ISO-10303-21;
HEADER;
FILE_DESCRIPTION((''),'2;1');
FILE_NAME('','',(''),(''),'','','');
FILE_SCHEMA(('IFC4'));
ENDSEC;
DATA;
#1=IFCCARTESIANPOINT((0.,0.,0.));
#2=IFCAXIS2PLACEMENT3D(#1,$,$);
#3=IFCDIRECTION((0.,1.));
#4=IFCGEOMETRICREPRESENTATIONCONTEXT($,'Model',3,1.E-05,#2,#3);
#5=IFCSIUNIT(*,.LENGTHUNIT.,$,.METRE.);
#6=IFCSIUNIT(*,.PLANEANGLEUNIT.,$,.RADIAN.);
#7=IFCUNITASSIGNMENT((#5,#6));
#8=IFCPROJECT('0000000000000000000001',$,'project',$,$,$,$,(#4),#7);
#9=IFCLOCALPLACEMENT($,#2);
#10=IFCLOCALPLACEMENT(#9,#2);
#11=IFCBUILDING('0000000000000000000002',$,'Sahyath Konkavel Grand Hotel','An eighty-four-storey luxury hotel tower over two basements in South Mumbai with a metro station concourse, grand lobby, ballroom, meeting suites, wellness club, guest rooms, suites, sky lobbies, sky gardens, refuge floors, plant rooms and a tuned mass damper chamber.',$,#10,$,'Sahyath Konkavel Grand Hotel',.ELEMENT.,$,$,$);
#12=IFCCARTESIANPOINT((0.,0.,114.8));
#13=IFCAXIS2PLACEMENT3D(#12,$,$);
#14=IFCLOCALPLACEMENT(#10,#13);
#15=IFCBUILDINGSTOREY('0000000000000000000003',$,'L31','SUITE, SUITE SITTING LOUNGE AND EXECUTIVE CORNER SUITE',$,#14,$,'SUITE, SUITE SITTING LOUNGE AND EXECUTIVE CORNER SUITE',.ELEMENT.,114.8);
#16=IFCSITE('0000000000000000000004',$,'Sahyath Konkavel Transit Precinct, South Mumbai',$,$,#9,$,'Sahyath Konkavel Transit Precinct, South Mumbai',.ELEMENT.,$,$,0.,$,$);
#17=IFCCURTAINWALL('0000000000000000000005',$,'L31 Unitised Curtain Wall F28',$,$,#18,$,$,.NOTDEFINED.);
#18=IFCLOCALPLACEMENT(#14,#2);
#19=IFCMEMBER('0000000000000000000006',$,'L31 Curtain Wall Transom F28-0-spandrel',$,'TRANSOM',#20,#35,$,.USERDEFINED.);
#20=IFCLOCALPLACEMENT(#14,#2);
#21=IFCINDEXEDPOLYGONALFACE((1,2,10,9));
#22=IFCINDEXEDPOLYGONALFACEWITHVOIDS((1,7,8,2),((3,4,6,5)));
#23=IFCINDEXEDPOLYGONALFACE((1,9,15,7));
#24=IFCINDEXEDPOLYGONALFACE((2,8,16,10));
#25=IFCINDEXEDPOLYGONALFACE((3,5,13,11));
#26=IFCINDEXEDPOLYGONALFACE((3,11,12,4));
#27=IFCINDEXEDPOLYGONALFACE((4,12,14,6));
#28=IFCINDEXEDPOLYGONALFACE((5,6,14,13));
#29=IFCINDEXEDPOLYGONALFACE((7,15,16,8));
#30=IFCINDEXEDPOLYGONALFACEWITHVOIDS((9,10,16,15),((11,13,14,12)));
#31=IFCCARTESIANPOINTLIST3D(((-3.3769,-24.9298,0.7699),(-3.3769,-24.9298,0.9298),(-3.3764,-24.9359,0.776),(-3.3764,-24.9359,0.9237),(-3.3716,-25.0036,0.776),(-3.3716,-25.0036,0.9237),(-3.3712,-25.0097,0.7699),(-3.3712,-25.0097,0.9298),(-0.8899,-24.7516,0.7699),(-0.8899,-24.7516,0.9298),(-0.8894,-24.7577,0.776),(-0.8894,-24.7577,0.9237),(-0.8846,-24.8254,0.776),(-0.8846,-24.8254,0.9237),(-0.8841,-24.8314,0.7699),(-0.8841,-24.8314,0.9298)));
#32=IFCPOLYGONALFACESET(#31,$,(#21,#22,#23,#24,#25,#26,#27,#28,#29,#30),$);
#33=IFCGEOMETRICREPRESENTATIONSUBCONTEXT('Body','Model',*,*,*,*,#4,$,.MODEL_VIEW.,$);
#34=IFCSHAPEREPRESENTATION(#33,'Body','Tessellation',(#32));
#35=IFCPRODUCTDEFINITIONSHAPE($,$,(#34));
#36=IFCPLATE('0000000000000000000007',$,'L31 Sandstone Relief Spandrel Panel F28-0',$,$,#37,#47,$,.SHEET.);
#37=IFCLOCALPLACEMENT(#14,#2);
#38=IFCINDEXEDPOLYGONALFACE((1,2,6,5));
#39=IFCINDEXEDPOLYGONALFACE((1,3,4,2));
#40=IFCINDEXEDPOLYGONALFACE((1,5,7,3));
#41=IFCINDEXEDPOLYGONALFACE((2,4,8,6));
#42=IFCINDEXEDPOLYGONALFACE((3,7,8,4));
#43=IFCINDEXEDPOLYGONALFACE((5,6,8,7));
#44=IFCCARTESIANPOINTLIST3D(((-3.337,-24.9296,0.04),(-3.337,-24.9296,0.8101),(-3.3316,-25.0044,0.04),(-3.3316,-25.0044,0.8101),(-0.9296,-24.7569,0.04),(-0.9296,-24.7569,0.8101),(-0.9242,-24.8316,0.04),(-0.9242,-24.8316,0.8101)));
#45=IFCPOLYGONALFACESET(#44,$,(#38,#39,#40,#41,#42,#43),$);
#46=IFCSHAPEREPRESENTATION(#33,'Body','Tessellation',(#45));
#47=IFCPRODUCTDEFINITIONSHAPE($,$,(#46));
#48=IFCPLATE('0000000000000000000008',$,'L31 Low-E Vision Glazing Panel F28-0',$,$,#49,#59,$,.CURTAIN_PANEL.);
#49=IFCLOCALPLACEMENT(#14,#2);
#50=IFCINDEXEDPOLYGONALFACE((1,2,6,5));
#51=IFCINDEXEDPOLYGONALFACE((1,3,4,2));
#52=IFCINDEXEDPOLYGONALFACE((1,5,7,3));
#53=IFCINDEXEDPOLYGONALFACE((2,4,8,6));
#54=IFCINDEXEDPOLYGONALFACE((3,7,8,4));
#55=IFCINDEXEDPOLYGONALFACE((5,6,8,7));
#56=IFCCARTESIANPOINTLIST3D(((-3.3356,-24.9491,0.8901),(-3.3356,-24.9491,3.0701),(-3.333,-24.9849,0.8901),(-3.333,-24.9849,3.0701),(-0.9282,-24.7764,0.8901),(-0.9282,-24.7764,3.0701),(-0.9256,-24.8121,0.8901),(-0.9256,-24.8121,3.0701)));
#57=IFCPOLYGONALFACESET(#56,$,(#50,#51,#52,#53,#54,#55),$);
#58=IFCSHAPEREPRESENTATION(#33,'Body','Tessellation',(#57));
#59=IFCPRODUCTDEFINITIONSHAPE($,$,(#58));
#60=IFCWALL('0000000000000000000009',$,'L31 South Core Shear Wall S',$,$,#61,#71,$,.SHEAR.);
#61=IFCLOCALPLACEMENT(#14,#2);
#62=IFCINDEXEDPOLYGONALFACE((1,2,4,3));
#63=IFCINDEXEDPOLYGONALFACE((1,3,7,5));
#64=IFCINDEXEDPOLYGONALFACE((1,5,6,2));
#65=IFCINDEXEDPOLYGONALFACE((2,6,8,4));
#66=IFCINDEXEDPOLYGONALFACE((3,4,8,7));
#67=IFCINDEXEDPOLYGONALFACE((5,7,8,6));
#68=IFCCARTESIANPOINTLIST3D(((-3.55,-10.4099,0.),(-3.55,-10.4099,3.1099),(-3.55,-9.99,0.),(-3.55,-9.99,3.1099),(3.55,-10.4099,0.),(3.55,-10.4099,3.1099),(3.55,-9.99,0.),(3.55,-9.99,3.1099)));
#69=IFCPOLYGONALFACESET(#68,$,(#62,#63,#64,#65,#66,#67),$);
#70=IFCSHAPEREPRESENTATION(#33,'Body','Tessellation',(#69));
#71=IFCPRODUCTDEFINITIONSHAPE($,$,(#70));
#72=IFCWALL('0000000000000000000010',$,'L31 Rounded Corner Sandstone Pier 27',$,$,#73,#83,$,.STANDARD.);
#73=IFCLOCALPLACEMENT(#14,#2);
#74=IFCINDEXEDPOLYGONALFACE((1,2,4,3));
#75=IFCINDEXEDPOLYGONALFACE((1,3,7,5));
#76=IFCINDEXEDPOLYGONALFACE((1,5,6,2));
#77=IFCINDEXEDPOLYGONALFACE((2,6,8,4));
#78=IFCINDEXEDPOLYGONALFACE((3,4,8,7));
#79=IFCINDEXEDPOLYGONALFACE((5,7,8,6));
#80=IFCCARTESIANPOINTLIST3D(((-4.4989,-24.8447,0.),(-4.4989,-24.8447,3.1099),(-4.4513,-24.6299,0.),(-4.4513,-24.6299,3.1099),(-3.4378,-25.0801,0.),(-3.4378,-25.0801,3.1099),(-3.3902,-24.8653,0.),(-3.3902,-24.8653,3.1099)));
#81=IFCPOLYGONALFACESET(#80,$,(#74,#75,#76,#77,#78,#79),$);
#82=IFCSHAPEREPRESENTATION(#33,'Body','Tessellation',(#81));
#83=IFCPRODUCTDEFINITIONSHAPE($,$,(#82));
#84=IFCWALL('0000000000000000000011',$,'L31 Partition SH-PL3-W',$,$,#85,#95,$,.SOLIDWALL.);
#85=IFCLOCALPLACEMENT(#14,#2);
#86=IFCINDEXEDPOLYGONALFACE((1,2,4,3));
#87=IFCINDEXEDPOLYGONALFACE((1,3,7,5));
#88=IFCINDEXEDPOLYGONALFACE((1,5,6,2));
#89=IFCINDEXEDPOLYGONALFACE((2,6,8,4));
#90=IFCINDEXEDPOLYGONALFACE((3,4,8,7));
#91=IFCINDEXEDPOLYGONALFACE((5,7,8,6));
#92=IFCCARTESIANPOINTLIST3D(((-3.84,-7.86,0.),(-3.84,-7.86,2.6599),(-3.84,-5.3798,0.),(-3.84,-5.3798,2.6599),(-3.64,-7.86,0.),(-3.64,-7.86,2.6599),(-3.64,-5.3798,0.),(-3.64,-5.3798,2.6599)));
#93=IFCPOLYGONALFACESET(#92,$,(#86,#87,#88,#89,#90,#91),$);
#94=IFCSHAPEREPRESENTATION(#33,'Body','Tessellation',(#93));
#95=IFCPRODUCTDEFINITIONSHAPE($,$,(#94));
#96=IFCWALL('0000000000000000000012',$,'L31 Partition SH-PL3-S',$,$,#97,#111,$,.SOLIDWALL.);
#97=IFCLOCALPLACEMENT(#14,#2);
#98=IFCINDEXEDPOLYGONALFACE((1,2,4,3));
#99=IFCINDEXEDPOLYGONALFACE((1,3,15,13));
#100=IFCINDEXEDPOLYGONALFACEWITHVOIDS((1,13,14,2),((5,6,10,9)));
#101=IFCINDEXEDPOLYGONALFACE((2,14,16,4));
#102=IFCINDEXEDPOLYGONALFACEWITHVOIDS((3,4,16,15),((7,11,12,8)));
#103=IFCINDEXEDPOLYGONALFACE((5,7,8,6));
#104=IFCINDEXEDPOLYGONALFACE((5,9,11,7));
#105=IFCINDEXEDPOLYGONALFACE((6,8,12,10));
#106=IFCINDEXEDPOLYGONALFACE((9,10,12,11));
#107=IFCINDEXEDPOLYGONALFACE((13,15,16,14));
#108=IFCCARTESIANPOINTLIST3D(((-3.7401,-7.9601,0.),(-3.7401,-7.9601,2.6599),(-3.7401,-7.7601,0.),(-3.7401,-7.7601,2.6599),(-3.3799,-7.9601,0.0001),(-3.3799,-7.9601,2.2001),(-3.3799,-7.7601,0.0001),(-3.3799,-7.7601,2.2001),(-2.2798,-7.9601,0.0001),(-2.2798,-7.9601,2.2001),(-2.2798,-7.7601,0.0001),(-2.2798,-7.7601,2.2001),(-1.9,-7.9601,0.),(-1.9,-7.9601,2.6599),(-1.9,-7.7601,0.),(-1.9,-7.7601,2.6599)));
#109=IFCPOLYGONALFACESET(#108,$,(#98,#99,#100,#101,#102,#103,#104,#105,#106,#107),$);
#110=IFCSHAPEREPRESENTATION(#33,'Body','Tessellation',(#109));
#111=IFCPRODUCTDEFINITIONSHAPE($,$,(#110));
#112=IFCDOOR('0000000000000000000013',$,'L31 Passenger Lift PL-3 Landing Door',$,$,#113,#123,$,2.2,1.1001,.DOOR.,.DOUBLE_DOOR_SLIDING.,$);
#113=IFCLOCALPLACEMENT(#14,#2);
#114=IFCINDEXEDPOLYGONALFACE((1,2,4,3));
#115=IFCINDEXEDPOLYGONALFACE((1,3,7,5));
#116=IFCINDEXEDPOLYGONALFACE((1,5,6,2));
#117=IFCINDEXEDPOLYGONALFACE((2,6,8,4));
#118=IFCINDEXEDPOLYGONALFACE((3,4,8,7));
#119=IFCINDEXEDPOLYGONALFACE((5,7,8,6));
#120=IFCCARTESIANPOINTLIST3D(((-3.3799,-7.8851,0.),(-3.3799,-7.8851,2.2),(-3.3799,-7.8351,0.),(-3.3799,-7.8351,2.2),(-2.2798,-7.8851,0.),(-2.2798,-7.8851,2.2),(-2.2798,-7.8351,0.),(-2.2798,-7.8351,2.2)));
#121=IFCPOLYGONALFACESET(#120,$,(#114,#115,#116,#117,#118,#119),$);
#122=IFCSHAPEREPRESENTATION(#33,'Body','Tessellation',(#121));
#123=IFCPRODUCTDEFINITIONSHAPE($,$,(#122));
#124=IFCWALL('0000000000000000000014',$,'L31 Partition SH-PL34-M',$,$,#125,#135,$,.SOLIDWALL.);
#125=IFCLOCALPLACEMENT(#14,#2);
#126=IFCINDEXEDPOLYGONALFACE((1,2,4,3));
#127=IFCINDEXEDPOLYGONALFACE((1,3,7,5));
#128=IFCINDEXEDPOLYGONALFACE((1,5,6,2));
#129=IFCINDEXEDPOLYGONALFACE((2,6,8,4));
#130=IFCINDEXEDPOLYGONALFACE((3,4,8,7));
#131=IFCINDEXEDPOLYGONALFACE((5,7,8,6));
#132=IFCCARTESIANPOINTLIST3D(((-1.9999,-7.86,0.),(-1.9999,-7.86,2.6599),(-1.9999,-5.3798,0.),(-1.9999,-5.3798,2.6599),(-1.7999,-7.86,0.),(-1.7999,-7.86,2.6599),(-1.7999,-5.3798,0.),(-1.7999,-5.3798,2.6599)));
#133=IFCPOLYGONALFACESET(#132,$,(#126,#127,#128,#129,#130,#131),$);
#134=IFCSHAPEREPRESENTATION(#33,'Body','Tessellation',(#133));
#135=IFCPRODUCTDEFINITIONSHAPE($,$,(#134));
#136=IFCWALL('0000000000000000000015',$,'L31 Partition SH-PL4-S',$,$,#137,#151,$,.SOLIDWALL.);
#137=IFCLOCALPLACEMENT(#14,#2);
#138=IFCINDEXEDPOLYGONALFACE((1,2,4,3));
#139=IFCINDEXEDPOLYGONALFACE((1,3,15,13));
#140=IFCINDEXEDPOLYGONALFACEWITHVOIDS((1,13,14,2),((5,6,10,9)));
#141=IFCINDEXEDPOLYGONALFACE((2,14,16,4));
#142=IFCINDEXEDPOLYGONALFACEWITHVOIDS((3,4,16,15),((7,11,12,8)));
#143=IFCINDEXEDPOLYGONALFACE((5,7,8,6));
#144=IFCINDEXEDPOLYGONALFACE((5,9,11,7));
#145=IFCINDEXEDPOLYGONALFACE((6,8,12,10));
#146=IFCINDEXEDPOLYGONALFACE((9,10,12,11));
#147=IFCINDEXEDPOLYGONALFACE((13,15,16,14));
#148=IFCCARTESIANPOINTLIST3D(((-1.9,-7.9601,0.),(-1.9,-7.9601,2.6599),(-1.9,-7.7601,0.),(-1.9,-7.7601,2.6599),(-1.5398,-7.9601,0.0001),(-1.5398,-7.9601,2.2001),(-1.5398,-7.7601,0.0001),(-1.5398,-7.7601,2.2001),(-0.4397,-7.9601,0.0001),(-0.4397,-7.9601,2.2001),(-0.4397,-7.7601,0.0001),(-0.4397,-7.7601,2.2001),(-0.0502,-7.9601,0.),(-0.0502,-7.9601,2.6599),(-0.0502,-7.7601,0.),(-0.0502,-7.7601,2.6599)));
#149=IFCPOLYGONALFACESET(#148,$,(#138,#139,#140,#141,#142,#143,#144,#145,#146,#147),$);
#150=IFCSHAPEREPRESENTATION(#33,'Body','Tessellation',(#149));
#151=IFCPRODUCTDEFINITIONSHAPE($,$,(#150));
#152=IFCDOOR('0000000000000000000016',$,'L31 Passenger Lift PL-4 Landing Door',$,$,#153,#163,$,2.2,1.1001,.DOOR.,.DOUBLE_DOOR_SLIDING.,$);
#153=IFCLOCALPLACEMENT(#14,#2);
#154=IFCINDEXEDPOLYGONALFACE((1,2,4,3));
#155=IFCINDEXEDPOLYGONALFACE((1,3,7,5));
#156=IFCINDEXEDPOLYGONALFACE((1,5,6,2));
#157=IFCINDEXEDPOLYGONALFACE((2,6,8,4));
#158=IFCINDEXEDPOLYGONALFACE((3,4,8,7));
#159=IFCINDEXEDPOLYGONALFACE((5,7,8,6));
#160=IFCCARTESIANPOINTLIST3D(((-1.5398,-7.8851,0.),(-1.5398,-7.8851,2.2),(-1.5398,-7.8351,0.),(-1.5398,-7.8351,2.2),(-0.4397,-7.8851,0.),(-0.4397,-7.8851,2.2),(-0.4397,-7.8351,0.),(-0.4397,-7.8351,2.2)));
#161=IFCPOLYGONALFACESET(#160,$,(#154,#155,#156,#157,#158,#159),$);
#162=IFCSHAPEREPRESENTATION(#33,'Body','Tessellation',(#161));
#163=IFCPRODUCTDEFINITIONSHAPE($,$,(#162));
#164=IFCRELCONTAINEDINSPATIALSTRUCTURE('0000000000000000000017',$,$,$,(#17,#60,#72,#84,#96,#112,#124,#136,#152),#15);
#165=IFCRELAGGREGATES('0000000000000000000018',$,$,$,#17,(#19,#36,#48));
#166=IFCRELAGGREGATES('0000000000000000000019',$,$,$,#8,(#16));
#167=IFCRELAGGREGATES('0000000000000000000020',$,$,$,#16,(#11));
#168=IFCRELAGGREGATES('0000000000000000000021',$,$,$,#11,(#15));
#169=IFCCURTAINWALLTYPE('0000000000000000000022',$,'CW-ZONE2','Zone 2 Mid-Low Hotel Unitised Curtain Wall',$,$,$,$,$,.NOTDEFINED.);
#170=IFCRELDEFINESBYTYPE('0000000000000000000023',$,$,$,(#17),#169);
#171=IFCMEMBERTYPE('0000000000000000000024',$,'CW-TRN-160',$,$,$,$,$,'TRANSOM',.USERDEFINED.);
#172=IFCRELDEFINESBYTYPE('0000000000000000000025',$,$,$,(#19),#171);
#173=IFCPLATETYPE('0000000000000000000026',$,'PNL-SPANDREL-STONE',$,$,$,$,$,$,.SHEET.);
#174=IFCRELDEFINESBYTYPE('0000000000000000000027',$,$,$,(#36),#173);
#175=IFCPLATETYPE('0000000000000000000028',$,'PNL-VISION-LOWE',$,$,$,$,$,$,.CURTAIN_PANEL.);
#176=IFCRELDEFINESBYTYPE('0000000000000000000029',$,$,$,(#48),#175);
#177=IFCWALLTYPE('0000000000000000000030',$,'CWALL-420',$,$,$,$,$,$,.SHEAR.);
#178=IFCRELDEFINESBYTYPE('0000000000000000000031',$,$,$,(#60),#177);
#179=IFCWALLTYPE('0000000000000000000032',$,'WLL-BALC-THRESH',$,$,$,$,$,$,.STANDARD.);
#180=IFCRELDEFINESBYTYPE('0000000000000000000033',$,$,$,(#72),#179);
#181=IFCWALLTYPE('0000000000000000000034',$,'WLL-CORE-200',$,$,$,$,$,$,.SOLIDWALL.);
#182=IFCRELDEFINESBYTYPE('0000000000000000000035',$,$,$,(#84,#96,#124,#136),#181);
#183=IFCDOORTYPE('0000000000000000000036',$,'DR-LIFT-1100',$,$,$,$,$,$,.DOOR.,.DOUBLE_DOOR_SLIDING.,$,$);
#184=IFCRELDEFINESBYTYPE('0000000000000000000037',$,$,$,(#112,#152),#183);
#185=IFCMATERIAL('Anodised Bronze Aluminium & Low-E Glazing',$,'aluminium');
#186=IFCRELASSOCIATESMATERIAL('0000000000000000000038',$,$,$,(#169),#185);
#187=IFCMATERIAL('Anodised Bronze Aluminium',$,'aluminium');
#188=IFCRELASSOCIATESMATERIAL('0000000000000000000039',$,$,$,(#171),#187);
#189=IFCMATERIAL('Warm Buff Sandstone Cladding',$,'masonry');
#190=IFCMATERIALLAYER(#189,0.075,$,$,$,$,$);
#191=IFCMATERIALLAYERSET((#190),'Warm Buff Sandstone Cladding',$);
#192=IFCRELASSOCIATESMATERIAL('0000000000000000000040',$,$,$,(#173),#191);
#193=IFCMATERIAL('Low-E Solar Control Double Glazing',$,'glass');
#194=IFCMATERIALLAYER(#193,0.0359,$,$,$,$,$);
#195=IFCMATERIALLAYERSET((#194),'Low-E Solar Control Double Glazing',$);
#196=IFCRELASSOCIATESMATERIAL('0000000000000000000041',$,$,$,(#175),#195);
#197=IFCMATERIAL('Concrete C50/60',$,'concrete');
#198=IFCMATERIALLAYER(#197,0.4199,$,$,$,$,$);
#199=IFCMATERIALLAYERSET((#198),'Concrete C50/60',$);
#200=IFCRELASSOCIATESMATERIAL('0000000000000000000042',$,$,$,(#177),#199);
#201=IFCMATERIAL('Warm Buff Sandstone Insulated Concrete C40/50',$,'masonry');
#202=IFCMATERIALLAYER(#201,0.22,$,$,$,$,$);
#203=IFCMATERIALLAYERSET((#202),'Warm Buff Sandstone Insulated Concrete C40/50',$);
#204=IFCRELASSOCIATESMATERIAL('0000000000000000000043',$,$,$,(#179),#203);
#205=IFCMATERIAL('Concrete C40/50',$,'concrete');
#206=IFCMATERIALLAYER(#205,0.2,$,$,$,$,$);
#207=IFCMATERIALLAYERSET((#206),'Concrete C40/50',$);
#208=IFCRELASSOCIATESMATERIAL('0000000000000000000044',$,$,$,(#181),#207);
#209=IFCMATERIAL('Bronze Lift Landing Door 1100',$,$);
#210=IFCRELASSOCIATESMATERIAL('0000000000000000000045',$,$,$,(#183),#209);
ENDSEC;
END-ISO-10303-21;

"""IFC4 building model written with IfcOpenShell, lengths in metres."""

from ifc_helpers import new_model, si_unit, direction, frame, frame_2d, origin, origin_2d, place, context, subcontext, project, spatial, rectangle, hollow_rectangle, extrude, source, transform, mapped, material, layer, layer_set, material_profile, profile_set, type_object, element, fill, aggregate, save


model = new_model("IFC4")

# Units and contexts
model_context = context("Model", 3, precision=1e-05, world=origin(), true_north=direction((0.0, 1.0)))
body_context = subcontext(model_context, "Body", "Model", "MODEL_VIEW")
ifc_project = project(units=[si_unit("LENGTHUNIT", "METRE"), si_unit("PLANEANGLEUNIT", "RADIAN")], contexts=[model_context])

# Site, building, storey
site_placement = place(None, origin())
site = spatial("IfcSite", under=ifc_project, at=site_placement, Name="Sahyath Konkavel Transit Precinct, South Mumbai", LongName="Sahyath Konkavel Transit Precinct, South Mumbai", CompositionType="ELEMENT", RefElevation=0.0)
building_placement = place(site_placement, origin())
building = spatial("IfcBuilding", under=site, at=building_placement, Name="Sahyath Konkavel Grand Hotel", Description="An eighty-four-storey luxury hotel tower over two basements in South Mumbai with a metro station concourse, grand lobby, ballroom, meeting suites, wellness club, guest rooms, suites, sky lobbies, sky gardens, refuge floors, plant rooms and a tuned mass damper chamber.", LongName="Sahyath Konkavel Grand Hotel", CompositionType="ELEMENT")
storey_placement = place(building_placement, frame((0.0, 0.0, 114.8)))
storey = spatial("IfcBuildingStorey", under=building, at=storey_placement, Name="L31", Description="SUITE, SUITE SITTING LOUNGE AND EXECUTIVE CORNER SUITE", LongName="SUITE, SUITE SITTING LOUNGE AND EXECUTIVE CORNER SUITE", CompositionType="ELEMENT", Elevation=114.8)

# Shared definitions
ifc_material_1 = material(Name="Concrete C50/60", Category="concrete")

# Curtain wall, member, plates
ifc_material_2 = material(Name="Anodised Bronze Aluminium & Low-E Glazing", Category="aluminium")
curtain_wall_type = type_object("IfcCurtainWallType", Name="CW-ZONE2", Description="Zone 2 Mid-Low Hotel Unitised Curtain Wall", PredefinedType="NOTDEFINED", material=ifc_material_2)
curtain_wall_placement = place(storey_placement, origin())
curtain_wall = element("IfcCurtainWall", 1, at=curtain_wall_placement, inside=storey, type_object=curtain_wall_type, Name="L31 Unitised Curtain Wall F28", PredefinedType="NOTDEFINED")
ifc_material_3 = material(Name="Anodised Bronze Aluminium", Category="aluminium")
ifc_material_profile_1 = material_profile(ifc_material_3, hollow_rectangle(XDim=0.0801, YDim=0.1599, WallThickness=0.0061, at=origin_2d()), Name="RHS 160x80x6")
ifc_profile_set_1 = profile_set([ifc_material_profile_1], Name="Anodised Bronze Aluminium")
member_type_1 = type_object("IfcMemberType", Name="CW-TRN-160", ElementType="TRANSOM", PredefinedType="USERDEFINED", material=ifc_profile_set_1)
shared_shape_1 = source(origin(), body_context, "Body", "SweptSolid", [
    extrude(hollow_rectangle(XDim=0.0801, YDim=0.1599, WallThickness=0.0061, at=origin_2d()), origin(), (0.0, 0.0, 1.0), 2.4934),
])
member_1_placement = place(storey_placement, frame((-3.374, -24.9697, 0.8499), z_axis=(0.997442, 0.071477, 0.0), x_axis=(-0.071477, 0.997442, 0.0)))
member_1 = element("IfcMember", 2, at=member_1_placement, type_object=member_type_1, Name="L31 Curtain Wall Transom F28-0-spandrel", ObjectType="TRANSOM", PredefinedType="USERDEFINED", context=body_context, shape_type="MappedRepresentation", body=[
    mapped(shared_shape_1, transform((0.0, 0.0, 0.0), scale=1.0)),
])
ifc_material_4 = material(Name="Warm Buff Sandstone Cladding", Category="masonry")
ifc_layer_1 = layer(ifc_material_4, 0.075)
ifc_layer_set_1 = layer_set([ifc_layer_1], Name="Warm Buff Sandstone Cladding")
plate_type_1 = type_object("IfcPlateType", Name="PNL-SPANDREL-STONE", PredefinedType="SHEET", material=ifc_layer_set_1)
shared_shape_2 = source(origin(), body_context, "Body", "SweptSolid", [
    extrude(rectangle(XDim=2.4136, YDim=0.075, at=origin_2d()), origin(), (0.0, 0.0, 1.0), 0.77),
])
plate_1_placement = place(storey_placement, frame((-2.1306, -24.8806, 0.04), z_axis=(0.0, 0.0, 1.0), x_axis=(0.997436, 0.071567, 0.0)))
plate_1 = element("IfcPlate", 3, at=plate_1_placement, type_object=plate_type_1, Name="L31 Sandstone Relief Spandrel Panel F28-0", PredefinedType="SHEET", context=body_context, shape_type="MappedRepresentation", body=[
    mapped(shared_shape_2, transform((0.0, 0.0, 0.0), scale=1.0)),
])
ifc_material_5 = material(Name="Low-E Solar Control Double Glazing", Category="glass")
ifc_layer_2 = layer(ifc_material_5, 0.0359)
ifc_layer_set_2 = layer_set([ifc_layer_2], Name="Low-E Solar Control Double Glazing")
plate_type_2 = type_object("IfcPlateType", Name="PNL-VISION-LOWE", PredefinedType="CURTAIN_PANEL", material=ifc_layer_set_2)
shared_shape_3 = source(origin(), body_context, "Body", "SweptSolid", [
    extrude(rectangle(XDim=2.4136, YDim=0.0359, at=origin_2d()), origin(), (0.0, 0.0, 1.0), 2.1799),
])
plate_2_placement = place(storey_placement, frame((-2.1306, -24.8806, 0.8901), z_axis=(0.0, 0.0, 1.0), x_axis=(0.997436, 0.071567, 0.0)))
plate_2 = element("IfcPlate", 4, at=plate_2_placement, type_object=plate_type_2, Name="L31 Low-E Vision Glazing Panel F28-0", PredefinedType="CURTAIN_PANEL", context=body_context, shape_type="MappedRepresentation", body=[
    mapped(shared_shape_3, transform((0.0, 0.0, 0.0), scale=1.0)),
])
aggregate(curtain_wall, [member_1, plate_1, plate_2])

# Walls
ifc_layer_3 = layer(ifc_material_1, 0.4199)
ifc_layer_set_3 = layer_set([ifc_layer_3], Name="Concrete C50/60")
wall_type_1 = type_object("IfcWallType", Name="CWALL-420", PredefinedType="SHEAR", material=ifc_layer_set_3)
wall_1_placement = place(storey_placement, frame((-3.55, -10.2, 0.0), z_axis=(0.0, 0.0, 1.0), x_axis=(1.0, 0.0, 0.0)))
element("IfcWall", 5, at=wall_1_placement, inside=storey, type_object=wall_type_1, Name="L31 South Core Shear Wall S", PredefinedType="SHEAR", context=body_context, shape_type="SweptSolid", body=[
    extrude(rectangle(XDim=7.1001, YDim=0.4199, at=frame_2d((3.55, 0.0))), origin(), (0.0, 0.0, 1.0), 3.1099),
])
ifc_material_6 = material(Name="Warm Buff Sandstone Insulated Concrete C40/50", Category="masonry")
ifc_layer_4 = layer(ifc_material_6, 0.22)
ifc_layer_set_4 = layer_set([ifc_layer_4], Name="Warm Buff Sandstone Insulated Concrete C40/50")
wall_type_2 = type_object("IfcWallType", Name="WLL-BALC-THRESH", PredefinedType="STANDARD", material=ifc_layer_set_4)
wall_2_placement = place(storey_placement, frame((-4.4751, -24.7373, 0.0), z_axis=(0.0, 0.0, 1.0), x_axis=(0.976272, -0.21655, 0.0)))
element("IfcWall", 6, at=wall_2_placement, inside=storey, type_object=wall_type_2, Name="L31 Rounded Corner Sandstone Pier 27", PredefinedType="STANDARD", context=body_context, shape_type="SweptSolid", body=[
    extrude(rectangle(XDim=1.0869, YDim=0.22, at=frame_2d((0.5435, 0.0))), origin(), (0.0, 0.0, 1.0), 3.1099),
])
ifc_material_7 = material(Name="Concrete C40/50", Category="concrete")
ifc_layer_5 = layer(ifc_material_7, 0.2)
ifc_layer_set_5 = layer_set([ifc_layer_5], Name="Concrete C40/50")
wall_type_3 = type_object("IfcWallType", Name="WLL-CORE-200", PredefinedType="SOLIDWALL", material=ifc_layer_set_5)
wall_3_placement = place(storey_placement, frame((-3.74, -7.8601, 0.0), z_axis=(0.0, 0.0, 1.0), x_axis=(0.0, 1.0, 0.0)))
element("IfcWall", 7, at=wall_3_placement, inside=storey, type_object=wall_type_3, Name="L31 Partition SH-PL3-W", PredefinedType="SOLIDWALL", context=body_context, shape_type="SweptSolid", body=[
    extrude(rectangle(XDim=2.4802, YDim=0.2, at=frame_2d((1.2402, 0.0))), origin(), (0.0, 0.0, 1.0), 2.6599),
])

# Wall, opening, door
wall_4_placement = place(storey_placement, frame((-3.74, -7.8601, 0.0), z_axis=(0.0, 0.0, 1.0), x_axis=(1.0, 0.0, 0.0)))
wall_4 = element("IfcWall", 8, at=wall_4_placement, inside=storey, type_object=wall_type_3, Name="L31 Partition SH-PL3-S", PredefinedType="SOLIDWALL", context=body_context, shape_type="SweptSolid", body=[
    extrude(rectangle(XDim=1.8401, YDim=0.2, at=frame_2d((0.9199, 0.0))), origin(), (0.0, 0.0, 1.0), 2.6599),
])
opening_1_placement = place(wall_4_placement, frame((0.3601, 0.0, 0.0)))
opening_1 = element("IfcOpeningElement", 9, at=opening_1_placement, cuts=wall_4, PredefinedType="OPENING", context=body_context, shape_type="SweptSolid", body=[
    extrude(rectangle(XDim=1.1001, YDim=2.2, at=frame_2d((0.55, 1.1001))), frame((0.0, 0.1099, 0.0), z_axis=(0.0, -1.0, 0.0), x_axis=(1.0, 0.0, 0.0)), (0.0, 0.0, 1.0), 0.22),
])
ifc_material_8 = material(Name="Bronze Lift Landing Door 1100")
door_type_1 = type_object("IfcDoorType", Name="DR-LIFT-1100", OperationType="DOUBLE_DOOR_SLIDING", PredefinedType="DOOR", material=ifc_material_8)
shared_shape_4 = source(origin(), body_context, "Body", "SweptSolid", [
    extrude(rectangle(XDim=1.1001, YDim=0.05, at=origin_2d()), origin(), (0.0, 0.0, 1.0), 2.2),
])
door_1_placement = place(opening_1_placement, frame((0.55, 0.0, 0.0)))
door_1 = element("IfcDoor", 10, at=door_1_placement, inside=storey, type_object=door_type_1, Name="L31 Passenger Lift PL-3 Landing Door", OperationType="DOUBLE_DOOR_SLIDING", OverallHeight=2.2, OverallWidth=1.1001, PredefinedType="DOOR", context=body_context, shape_type="MappedRepresentation", body=[
    mapped(shared_shape_4, transform((0.0, 0.0, 0.0), scale=1.0)),
])
fill(opening_1, door_1)

# Wall
wall_5_placement = place(storey_placement, frame((-1.8999, -7.8601, 0.0), z_axis=(0.0, 0.0, 1.0), x_axis=(0.0, 1.0, 0.0)))
element("IfcWall", 11, at=wall_5_placement, inside=storey, type_object=wall_type_3, Name="L31 Partition SH-PL34-M", PredefinedType="SOLIDWALL", context=body_context, shape_type="SweptSolid", body=[
    extrude(rectangle(XDim=2.4802, YDim=0.2, at=frame_2d((1.2402, 0.0))), origin(), (0.0, 0.0, 1.0), 2.6599),
])

# Wall, opening, door
wall_6_placement = place(storey_placement, frame((-1.8999, -7.8601, 0.0), z_axis=(0.0, 0.0, 1.0), x_axis=(1.0, 0.0, 0.0)))
wall_6 = element("IfcWall", 12, at=wall_6_placement, inside=storey, type_object=wall_type_3, Name="L31 Partition SH-PL4-S", PredefinedType="SOLIDWALL", context=body_context, shape_type="SweptSolid", body=[
    extrude(rectangle(XDim=1.8499, YDim=0.2, at=frame_2d((0.9248, 0.0))), origin(), (0.0, 0.0, 1.0), 2.6599),
])
opening_2_placement = place(wall_6_placement, frame((0.3601, 0.0, 0.0)))
opening_2 = element("IfcOpeningElement", 13, at=opening_2_placement, cuts=wall_6, PredefinedType="OPENING", context=body_context, shape_type="SweptSolid", body=[
    extrude(rectangle(XDim=1.1001, YDim=2.2, at=frame_2d((0.55, 1.1001))), frame((0.0, 0.1099, 0.0), z_axis=(0.0, -1.0, 0.0), x_axis=(1.0, 0.0, 0.0)), (0.0, 0.0, 1.0), 0.22),
])
door_2_placement = place(opening_2_placement, frame((0.55, 0.0, 0.0)))
door_2 = element("IfcDoor", 14, at=door_2_placement, inside=storey, type_object=door_type_1, Name="L31 Passenger Lift PL-4 Landing Door", OperationType="DOUBLE_DOOR_SLIDING", OverallHeight=2.2, OverallWidth=1.1001, PredefinedType="DOOR", context=body_context, shape_type="MappedRepresentation", body=[
    mapped(shared_shape_4, transform((0.0, 0.0, 0.0), scale=1.0)),
])
fill(opening_2, door_2)

save(model, "model.ifc")
